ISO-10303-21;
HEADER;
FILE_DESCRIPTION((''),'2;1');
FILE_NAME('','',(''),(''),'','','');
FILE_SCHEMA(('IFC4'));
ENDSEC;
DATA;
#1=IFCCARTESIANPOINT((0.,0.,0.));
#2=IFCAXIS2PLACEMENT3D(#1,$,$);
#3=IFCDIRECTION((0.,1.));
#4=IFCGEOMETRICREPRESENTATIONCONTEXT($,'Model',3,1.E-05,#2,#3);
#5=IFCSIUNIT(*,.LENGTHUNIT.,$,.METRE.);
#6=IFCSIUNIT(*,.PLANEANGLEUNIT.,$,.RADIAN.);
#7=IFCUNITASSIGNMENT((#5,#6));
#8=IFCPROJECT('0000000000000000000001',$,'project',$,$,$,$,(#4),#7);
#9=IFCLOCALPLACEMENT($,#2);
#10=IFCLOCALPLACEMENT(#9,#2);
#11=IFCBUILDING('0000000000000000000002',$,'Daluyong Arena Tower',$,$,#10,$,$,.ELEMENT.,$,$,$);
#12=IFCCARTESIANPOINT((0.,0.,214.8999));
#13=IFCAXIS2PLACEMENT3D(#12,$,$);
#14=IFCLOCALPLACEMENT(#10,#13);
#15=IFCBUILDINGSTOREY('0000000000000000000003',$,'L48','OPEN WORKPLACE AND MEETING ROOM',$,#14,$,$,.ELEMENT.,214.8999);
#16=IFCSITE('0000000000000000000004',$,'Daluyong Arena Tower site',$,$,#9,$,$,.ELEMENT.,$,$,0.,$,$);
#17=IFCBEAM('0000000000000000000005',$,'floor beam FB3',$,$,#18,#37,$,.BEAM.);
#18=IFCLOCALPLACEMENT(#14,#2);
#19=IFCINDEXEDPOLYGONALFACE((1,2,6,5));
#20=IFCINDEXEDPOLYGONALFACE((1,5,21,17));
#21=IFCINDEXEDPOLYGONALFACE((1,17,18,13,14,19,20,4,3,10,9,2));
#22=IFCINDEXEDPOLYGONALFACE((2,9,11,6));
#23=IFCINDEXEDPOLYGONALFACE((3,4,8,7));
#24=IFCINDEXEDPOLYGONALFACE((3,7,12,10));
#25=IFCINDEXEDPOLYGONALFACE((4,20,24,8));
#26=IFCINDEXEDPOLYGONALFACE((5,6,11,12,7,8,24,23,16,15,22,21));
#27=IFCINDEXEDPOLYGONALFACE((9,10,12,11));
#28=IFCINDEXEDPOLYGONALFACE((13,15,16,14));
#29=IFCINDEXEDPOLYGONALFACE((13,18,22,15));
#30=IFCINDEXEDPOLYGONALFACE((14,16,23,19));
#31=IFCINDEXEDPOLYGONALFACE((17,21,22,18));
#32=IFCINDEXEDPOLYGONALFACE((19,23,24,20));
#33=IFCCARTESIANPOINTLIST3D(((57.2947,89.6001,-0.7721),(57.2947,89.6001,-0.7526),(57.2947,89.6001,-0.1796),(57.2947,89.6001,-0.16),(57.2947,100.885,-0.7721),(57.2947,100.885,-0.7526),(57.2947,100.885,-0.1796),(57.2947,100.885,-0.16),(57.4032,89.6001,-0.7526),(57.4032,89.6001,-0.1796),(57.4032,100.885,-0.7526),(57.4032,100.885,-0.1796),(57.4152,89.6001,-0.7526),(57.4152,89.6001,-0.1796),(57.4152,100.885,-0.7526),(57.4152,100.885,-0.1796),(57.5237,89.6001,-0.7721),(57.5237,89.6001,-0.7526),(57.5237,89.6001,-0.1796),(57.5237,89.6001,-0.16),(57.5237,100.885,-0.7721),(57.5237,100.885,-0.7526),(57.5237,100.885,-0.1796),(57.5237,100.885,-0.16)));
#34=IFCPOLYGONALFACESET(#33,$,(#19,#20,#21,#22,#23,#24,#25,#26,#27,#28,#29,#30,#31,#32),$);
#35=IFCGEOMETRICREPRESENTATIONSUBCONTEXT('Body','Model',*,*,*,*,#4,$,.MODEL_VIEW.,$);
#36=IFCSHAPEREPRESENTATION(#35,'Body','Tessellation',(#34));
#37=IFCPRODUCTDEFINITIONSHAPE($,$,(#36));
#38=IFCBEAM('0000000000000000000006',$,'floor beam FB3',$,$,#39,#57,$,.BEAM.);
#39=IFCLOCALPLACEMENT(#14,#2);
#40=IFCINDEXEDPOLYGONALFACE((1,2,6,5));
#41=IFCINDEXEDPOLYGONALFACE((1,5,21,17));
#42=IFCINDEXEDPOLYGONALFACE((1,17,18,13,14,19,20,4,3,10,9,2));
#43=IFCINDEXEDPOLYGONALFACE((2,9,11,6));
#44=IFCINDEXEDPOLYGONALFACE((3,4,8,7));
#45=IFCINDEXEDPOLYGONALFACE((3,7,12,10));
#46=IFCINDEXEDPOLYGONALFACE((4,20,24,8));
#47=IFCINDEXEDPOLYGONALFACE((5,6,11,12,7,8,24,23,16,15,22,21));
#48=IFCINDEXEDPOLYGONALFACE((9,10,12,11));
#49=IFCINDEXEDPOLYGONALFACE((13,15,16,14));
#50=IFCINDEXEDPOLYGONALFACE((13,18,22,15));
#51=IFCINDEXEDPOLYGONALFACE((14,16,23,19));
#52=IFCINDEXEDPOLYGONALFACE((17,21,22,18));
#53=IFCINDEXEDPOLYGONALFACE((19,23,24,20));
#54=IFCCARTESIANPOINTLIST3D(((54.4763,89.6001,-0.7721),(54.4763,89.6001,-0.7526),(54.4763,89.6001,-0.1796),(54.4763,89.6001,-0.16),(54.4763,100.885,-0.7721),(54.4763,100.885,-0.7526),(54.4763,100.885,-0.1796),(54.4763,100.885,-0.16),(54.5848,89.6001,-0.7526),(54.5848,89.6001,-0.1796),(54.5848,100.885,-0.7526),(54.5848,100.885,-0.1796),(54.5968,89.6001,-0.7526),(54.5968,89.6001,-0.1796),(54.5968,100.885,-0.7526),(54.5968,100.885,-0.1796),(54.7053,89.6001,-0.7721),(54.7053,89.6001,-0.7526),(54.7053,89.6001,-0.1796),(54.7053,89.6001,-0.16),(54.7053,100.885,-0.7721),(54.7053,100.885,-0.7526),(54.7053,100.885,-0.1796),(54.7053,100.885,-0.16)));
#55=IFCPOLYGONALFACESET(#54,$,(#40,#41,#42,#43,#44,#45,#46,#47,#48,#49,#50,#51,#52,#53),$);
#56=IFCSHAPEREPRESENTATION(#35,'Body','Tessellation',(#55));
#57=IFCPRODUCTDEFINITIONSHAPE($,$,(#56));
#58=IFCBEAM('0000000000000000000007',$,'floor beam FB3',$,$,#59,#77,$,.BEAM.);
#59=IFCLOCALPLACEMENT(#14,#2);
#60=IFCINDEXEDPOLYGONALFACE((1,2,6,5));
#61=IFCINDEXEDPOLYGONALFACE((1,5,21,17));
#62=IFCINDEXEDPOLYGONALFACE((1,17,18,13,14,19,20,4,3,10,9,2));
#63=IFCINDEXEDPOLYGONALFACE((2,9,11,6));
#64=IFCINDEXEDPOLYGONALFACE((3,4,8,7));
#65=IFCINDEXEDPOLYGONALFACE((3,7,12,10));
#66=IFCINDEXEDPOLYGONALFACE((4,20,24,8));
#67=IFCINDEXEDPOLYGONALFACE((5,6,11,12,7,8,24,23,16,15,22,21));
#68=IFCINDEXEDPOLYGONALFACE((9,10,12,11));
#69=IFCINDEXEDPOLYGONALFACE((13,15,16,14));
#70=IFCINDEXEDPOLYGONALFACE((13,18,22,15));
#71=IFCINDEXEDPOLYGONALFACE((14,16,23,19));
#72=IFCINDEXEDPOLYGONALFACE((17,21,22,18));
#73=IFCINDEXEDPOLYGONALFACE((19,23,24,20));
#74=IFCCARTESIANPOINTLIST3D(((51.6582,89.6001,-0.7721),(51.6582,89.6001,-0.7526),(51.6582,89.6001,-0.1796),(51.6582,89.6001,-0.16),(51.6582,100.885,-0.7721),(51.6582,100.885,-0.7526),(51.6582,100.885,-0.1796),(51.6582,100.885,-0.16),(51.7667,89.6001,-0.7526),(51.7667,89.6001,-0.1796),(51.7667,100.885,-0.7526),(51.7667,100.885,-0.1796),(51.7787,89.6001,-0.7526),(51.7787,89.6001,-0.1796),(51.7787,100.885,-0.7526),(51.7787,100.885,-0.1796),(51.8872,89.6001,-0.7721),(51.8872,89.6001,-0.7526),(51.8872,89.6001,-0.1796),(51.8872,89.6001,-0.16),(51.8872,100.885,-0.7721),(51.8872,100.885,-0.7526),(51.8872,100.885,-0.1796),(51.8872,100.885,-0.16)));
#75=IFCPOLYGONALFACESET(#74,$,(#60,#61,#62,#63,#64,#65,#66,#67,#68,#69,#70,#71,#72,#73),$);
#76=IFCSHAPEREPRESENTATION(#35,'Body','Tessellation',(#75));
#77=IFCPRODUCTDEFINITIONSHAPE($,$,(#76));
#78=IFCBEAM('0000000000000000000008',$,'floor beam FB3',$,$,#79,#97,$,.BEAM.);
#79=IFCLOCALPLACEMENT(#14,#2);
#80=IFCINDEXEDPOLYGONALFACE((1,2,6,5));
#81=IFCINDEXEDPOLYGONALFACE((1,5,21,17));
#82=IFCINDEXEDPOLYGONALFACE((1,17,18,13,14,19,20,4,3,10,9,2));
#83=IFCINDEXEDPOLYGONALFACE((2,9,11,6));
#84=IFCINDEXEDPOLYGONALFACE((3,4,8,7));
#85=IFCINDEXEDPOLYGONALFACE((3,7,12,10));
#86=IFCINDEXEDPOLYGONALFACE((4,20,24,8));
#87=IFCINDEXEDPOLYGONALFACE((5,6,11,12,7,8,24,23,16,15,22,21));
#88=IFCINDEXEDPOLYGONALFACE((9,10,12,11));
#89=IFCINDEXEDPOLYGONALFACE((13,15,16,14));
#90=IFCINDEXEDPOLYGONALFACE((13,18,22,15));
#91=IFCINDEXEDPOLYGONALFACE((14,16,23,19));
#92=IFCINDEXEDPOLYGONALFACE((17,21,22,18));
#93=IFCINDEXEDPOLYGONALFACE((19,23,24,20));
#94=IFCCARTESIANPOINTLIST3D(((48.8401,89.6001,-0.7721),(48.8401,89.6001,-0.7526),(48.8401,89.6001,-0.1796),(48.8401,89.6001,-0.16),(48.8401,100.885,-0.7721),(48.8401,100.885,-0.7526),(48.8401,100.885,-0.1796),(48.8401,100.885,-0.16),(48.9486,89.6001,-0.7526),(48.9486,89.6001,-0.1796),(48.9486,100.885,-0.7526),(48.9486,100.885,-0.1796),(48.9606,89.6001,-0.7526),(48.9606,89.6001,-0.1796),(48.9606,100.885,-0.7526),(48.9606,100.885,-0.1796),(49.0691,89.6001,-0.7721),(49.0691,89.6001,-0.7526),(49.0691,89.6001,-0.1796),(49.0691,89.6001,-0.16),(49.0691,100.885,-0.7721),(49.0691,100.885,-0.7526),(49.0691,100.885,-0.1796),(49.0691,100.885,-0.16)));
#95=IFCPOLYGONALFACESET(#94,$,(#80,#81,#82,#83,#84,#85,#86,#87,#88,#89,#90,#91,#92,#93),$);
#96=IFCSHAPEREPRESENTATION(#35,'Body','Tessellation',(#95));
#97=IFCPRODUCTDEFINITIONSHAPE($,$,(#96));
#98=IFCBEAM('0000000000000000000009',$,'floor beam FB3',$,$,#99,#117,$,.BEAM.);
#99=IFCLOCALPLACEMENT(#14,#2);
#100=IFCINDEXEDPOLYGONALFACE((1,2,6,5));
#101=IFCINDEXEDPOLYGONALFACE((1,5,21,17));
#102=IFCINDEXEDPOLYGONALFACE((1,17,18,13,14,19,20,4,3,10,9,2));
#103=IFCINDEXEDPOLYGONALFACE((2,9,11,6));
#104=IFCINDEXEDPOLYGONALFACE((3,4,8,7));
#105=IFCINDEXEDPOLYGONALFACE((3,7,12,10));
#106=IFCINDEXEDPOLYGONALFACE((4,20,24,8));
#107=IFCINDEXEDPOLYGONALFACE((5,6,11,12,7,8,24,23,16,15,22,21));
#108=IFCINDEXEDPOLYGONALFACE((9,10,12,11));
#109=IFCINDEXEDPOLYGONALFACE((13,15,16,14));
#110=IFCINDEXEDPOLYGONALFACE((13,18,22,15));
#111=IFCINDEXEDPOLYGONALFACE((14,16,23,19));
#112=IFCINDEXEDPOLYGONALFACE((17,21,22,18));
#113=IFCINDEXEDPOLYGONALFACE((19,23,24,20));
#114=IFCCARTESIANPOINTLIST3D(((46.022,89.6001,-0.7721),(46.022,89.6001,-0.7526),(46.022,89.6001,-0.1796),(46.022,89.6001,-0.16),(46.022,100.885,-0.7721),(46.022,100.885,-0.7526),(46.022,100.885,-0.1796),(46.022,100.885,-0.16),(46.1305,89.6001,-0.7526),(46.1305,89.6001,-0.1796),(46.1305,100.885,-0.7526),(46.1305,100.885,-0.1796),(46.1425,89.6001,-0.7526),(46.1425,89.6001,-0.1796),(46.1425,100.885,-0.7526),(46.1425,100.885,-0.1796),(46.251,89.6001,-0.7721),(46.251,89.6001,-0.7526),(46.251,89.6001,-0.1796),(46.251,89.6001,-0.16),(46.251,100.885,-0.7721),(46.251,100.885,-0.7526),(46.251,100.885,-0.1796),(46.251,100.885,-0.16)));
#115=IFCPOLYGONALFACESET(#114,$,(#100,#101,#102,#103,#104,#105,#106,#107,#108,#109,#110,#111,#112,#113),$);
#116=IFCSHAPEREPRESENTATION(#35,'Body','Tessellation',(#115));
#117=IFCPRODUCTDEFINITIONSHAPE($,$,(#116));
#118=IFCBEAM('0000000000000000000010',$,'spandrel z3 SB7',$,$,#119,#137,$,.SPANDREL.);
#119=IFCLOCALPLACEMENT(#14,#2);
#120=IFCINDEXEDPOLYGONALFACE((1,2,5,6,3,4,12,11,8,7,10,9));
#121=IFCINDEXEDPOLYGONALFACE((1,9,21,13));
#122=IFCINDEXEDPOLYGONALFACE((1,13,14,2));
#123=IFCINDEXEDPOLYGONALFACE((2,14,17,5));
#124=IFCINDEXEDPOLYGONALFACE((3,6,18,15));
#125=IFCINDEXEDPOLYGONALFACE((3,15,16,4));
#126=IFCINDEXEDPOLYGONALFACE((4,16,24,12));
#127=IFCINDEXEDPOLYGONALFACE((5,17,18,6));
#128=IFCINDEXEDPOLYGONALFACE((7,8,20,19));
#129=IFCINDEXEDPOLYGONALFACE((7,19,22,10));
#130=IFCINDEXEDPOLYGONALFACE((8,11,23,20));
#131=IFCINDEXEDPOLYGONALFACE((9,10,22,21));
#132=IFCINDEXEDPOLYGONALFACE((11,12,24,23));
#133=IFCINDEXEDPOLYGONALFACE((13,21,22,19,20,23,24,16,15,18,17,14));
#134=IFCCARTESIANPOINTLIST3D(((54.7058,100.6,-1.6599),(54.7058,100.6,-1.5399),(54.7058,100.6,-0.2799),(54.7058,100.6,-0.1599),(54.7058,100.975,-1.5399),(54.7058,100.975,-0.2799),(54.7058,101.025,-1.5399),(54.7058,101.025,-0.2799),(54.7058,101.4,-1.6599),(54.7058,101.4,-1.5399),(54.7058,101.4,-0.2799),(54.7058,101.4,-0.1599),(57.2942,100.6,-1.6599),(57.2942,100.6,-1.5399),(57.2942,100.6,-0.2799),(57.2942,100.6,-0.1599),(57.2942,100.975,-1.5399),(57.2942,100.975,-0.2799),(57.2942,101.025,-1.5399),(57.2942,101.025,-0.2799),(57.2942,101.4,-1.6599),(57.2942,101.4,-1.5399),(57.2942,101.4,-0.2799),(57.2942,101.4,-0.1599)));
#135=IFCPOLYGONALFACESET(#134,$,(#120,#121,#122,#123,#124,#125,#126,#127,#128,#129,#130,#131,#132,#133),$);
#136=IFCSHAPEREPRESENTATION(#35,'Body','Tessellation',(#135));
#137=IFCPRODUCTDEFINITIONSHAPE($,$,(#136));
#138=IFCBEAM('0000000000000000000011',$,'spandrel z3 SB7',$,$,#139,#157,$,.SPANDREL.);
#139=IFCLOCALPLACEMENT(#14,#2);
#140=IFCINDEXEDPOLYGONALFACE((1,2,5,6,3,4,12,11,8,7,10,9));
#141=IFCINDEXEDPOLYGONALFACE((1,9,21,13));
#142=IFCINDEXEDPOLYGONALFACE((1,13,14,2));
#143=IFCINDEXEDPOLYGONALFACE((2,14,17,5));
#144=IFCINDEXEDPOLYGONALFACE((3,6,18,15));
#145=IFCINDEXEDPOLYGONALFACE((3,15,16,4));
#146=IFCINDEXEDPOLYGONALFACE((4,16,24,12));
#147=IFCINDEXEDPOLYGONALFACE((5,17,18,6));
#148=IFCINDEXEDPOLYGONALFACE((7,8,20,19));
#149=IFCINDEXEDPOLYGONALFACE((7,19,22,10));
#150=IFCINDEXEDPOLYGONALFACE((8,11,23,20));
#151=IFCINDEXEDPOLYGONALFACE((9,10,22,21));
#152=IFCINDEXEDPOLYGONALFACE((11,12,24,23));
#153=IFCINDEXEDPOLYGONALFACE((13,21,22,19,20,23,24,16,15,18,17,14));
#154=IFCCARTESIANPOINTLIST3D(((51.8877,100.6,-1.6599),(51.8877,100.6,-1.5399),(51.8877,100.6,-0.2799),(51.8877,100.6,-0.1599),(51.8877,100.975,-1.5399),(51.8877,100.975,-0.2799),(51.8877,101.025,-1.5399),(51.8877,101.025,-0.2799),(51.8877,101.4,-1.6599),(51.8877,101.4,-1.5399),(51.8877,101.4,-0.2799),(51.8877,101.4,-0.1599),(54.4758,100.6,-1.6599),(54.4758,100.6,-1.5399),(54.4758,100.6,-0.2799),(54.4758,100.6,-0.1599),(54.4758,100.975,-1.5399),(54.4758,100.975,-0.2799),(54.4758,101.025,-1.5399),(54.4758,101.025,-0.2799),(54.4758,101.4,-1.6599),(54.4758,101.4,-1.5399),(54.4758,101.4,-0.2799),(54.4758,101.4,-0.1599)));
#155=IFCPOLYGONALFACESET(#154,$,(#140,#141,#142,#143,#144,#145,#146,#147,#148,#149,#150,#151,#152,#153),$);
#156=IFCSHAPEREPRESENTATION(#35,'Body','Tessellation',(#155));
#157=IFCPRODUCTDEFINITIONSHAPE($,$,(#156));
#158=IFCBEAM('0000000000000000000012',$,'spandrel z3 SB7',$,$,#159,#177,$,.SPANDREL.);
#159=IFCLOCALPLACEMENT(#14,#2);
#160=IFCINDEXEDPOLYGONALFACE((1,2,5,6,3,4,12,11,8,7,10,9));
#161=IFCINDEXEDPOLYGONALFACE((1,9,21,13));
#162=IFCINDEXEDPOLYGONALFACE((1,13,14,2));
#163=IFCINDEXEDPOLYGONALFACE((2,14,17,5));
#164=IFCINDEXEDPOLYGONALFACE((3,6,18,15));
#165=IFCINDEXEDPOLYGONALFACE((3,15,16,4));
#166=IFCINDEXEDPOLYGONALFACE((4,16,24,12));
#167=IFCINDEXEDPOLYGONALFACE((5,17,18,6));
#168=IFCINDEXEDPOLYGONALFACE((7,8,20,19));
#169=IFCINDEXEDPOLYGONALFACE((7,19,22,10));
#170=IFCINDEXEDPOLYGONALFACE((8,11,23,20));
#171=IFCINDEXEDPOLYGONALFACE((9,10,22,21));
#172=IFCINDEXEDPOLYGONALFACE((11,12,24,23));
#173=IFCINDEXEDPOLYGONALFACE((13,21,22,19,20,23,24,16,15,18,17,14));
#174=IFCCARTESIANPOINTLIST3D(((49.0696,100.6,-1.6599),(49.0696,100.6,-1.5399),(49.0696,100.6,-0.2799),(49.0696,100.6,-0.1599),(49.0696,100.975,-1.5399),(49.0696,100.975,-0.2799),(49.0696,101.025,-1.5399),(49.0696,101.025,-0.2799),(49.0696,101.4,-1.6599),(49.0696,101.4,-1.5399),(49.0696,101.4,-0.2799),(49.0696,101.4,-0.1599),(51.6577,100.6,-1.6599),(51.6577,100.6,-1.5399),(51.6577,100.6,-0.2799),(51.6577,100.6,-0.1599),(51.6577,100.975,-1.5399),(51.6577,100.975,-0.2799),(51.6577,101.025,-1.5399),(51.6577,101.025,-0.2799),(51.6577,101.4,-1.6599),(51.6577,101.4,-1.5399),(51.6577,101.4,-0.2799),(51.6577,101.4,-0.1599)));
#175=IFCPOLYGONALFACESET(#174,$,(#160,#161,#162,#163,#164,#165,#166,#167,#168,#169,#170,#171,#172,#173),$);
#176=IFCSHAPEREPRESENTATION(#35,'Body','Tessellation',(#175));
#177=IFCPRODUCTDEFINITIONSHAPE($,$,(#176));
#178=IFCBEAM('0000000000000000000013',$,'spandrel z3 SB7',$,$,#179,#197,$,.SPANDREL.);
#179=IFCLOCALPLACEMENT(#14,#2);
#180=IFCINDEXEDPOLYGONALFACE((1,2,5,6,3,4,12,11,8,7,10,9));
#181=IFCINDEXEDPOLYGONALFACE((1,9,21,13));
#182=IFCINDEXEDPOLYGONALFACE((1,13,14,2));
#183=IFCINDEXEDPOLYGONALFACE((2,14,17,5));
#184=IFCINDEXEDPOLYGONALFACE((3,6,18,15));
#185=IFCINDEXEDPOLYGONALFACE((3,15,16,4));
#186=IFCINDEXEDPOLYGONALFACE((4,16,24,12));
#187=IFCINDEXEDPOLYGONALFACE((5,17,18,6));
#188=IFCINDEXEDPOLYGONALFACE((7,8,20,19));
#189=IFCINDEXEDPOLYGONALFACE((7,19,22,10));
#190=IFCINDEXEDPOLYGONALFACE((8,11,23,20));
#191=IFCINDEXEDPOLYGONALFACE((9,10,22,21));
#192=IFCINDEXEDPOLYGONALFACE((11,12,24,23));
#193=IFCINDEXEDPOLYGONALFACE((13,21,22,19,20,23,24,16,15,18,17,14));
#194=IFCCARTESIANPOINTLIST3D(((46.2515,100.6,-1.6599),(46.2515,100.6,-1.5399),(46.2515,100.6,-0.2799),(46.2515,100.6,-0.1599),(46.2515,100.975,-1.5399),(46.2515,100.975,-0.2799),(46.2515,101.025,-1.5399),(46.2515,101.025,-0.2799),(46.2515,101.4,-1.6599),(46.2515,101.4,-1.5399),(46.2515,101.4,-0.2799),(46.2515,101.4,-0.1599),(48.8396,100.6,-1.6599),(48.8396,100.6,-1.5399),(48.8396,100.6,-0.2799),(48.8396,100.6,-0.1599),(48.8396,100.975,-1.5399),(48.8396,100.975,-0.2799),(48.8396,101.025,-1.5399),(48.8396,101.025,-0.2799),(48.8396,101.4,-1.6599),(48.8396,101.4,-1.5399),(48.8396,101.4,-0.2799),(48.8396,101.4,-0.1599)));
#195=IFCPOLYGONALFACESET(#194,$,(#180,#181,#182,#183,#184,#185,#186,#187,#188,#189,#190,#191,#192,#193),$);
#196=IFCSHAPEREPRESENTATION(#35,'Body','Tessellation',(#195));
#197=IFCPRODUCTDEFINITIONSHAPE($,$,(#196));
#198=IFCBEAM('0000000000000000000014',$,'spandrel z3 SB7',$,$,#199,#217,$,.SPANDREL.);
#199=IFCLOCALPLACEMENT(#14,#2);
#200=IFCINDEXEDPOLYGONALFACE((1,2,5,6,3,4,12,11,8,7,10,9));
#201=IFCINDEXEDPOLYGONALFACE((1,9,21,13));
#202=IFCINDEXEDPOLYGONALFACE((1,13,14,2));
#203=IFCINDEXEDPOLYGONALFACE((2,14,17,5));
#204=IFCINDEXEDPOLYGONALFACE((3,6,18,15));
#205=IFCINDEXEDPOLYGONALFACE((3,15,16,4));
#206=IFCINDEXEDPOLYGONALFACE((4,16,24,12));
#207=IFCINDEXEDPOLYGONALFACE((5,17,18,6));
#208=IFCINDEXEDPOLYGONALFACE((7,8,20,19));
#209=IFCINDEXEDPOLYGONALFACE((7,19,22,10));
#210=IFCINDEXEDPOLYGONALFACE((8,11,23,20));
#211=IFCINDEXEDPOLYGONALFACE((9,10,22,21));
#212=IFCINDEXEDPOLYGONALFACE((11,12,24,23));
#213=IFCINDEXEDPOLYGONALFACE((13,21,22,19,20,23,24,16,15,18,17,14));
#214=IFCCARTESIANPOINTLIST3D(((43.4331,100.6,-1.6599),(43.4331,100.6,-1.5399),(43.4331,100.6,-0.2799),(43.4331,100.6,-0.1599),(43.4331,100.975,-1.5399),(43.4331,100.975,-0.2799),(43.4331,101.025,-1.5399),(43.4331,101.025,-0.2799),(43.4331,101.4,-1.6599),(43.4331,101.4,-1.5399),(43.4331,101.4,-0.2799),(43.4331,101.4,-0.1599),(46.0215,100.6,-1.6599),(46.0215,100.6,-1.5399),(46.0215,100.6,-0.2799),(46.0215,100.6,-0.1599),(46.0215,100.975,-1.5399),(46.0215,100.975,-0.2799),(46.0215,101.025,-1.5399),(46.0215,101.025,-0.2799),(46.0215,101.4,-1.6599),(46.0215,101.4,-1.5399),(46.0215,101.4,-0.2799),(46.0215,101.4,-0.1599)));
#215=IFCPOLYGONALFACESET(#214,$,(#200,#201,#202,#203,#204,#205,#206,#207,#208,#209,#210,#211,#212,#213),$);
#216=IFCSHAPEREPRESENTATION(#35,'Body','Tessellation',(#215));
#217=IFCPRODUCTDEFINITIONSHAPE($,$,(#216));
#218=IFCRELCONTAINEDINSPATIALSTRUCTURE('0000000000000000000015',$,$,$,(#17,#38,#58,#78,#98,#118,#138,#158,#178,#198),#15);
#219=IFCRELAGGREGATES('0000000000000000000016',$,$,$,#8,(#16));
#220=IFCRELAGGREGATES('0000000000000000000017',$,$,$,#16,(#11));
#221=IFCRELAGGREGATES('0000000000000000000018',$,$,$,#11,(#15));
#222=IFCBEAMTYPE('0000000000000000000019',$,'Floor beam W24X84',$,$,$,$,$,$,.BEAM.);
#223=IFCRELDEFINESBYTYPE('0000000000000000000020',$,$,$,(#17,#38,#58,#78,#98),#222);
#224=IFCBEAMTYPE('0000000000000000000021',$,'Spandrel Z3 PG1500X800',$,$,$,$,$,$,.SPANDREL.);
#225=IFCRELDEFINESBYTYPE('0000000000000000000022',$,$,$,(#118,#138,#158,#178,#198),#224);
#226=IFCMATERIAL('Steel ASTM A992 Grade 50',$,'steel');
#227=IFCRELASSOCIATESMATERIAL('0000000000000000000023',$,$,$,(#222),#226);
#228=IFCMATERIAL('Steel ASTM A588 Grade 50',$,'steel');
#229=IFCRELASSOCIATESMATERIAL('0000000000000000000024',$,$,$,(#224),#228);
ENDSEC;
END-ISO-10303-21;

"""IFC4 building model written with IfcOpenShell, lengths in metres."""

from ifc_helpers import new_model, si_unit, direction, frame, origin, origin_2d, place, context, subcontext, project, spatial, i_section, extrude, material, material_profile, profile_set, type_object, element, save


model = new_model("IFC4")

# Units and contexts
model_context = context("Model", 3, precision=1e-05, world=origin(), true_north=direction((0.0, 1.0)))
body_context = subcontext(model_context, "Body", "Model", "MODEL_VIEW")
ifc_project = project(units=[si_unit("LENGTHUNIT", "METRE"), si_unit("PLANEANGLEUNIT", "RADIAN")], contexts=[model_context])

# Site, building, storey
site_placement = place(None, origin())
site = spatial("IfcSite", under=ifc_project, at=site_placement, Name="Daluyong Arena Tower site", CompositionType="ELEMENT", RefElevation=0.0)
building_placement = place(site_placement, origin())
building = spatial("IfcBuilding", under=site, at=building_placement, Name="Daluyong Arena Tower", CompositionType="ELEMENT")
storey_placement = place(building_placement, frame((0.0, 0.0, 214.8999)))
storey = spatial("IfcBuildingStorey", under=building, at=storey_placement, Name="L48", Description="OPEN WORKPLACE AND MEETING ROOM", CompositionType="ELEMENT", Elevation=214.8999)

# Beams
ifc_material_1 = material(Name="Steel ASTM A992 Grade 50", Category="steel")
ifc_material_profile_1 = material_profile(ifc_material_1, i_section(OverallWidth=0.229, OverallDepth=0.6121, WebThickness=0.012, FlangeThickness=0.0195, at=origin_2d()))
ifc_profile_set_1 = profile_set([ifc_material_profile_1], Name="Steel ASTM A992 Grade 50")
beam_type_1 = type_object("IfcBeamType", Name="Floor beam W24X84", PredefinedType="BEAM", material=ifc_profile_set_1)
for number, where, z_axis, x_axis, name in (
    (1, (57.4092, 100.885, -0.4661), (0.0, -1.0, 0.0), (1.0, 0.0, 0.0), "floor beam FB3"),
    (2, (54.5908, 100.885, -0.4661), (0.0, -1.0, 0.0), (1.0, 0.0, 0.0), "floor beam FB3"),
    (3, (51.7727, 100.885, -0.4661), (0.0, -1.0, 0.0), (1.0, 0.0, 0.0), "floor beam FB3"),
    (4, (48.9546, 100.885, -0.4661), (0.0, -1.0, 0.0), (1.0, 0.0, 0.0), "floor beam FB3"),
    (5, (46.1365, 100.885, -0.4661), (0.0, -1.0, 0.0), (1.0, 0.0, 0.0), "floor beam FB3"),
):
    element("IfcBeam", number, at=place(storey_placement, frame(where, z_axis=z_axis, x_axis=x_axis)), inside=storey, type_object=beam_type_1, Name=name, PredefinedType="BEAM", context=body_context, shape_type="SweptSolid", body=[
        extrude(i_section(OverallWidth=0.229, OverallDepth=0.6121, WebThickness=0.012, FlangeThickness=0.0195, at=origin_2d()), origin(), (0.0, 0.0, 1.0), 11.2849),
    ])
ifc_material_2 = material(Name="Steel ASTM A588 Grade 50", Category="steel")
ifc_material_profile_2 = material_profile(ifc_material_2, i_section(OverallWidth=0.8, OverallDepth=1.5, WebThickness=0.05, FlangeThickness=0.12, at=origin_2d()))
ifc_profile_set_2 = profile_set([ifc_material_profile_2], Name="Steel ASTM A588 Grade 50")
beam_type_2 = type_object("IfcBeamType", Name="Spandrel Z3 PG1500X800", PredefinedType="SPANDREL", material=ifc_profile_set_2)
beam_1_placement = place(storey_placement, frame((57.2942, 101.0, -0.9099), z_axis=(-1.0, 0.0, 0.0), x_axis=(0.0, -1.0, 0.0)))
element("IfcBeam", 6, at=beam_1_placement, inside=storey, type_object=beam_type_2, Name="spandrel z3 SB7", PredefinedType="SPANDREL", context=body_context, shape_type="SweptSolid", body=[
    extrude(i_section(OverallWidth=0.8, OverallDepth=1.5, WebThickness=0.05, FlangeThickness=0.12, at=origin_2d()), origin(), (0.0, 0.0, 1.0), 2.5884),
])
for number, where, z_axis, x_axis, name in (
    (7, (54.4758, 101.0, -0.9099), (-1.0, 0.0, 0.0), (0.0, -1.0, 0.0), "spandrel z3 SB7"),
    (8, (51.6577, 101.0, -0.9099), (-1.0, 0.0, 0.0), (0.0, -1.0, 0.0), "spandrel z3 SB7"),
    (9, (48.8396, 101.0, -0.9099), (-1.0, 0.0, 0.0), (0.0, -1.0, 0.0), "spandrel z3 SB7"),
):
    element("IfcBeam", number, at=place(storey_placement, frame(where, z_axis=z_axis, x_axis=x_axis)), inside=storey, type_object=beam_type_2, Name=name, PredefinedType="SPANDREL", context=body_context, shape_type="SweptSolid", body=[
        extrude(i_section(OverallWidth=0.8, OverallDepth=1.5, WebThickness=0.05, FlangeThickness=0.12, at=origin_2d()), origin(), (0.0, 0.0, 1.0), 2.5881),
    ])
beam_2_placement = place(storey_placement, frame((46.0215, 101.0, -0.9099), z_axis=(-1.0, 0.0, 0.0), x_axis=(0.0, -1.0, 0.0)))
element("IfcBeam", 10, at=beam_2_placement, inside=storey, type_object=beam_type_2, Name="spandrel z3 SB7", PredefinedType="SPANDREL", context=body_context, shape_type="SweptSolid", body=[
    extrude(i_section(OverallWidth=0.8, OverallDepth=1.5, WebThickness=0.05, FlangeThickness=0.12, at=origin_2d()), origin(), (0.0, 0.0, 1.0), 2.5884),
])

save(model, "model.ifc")
